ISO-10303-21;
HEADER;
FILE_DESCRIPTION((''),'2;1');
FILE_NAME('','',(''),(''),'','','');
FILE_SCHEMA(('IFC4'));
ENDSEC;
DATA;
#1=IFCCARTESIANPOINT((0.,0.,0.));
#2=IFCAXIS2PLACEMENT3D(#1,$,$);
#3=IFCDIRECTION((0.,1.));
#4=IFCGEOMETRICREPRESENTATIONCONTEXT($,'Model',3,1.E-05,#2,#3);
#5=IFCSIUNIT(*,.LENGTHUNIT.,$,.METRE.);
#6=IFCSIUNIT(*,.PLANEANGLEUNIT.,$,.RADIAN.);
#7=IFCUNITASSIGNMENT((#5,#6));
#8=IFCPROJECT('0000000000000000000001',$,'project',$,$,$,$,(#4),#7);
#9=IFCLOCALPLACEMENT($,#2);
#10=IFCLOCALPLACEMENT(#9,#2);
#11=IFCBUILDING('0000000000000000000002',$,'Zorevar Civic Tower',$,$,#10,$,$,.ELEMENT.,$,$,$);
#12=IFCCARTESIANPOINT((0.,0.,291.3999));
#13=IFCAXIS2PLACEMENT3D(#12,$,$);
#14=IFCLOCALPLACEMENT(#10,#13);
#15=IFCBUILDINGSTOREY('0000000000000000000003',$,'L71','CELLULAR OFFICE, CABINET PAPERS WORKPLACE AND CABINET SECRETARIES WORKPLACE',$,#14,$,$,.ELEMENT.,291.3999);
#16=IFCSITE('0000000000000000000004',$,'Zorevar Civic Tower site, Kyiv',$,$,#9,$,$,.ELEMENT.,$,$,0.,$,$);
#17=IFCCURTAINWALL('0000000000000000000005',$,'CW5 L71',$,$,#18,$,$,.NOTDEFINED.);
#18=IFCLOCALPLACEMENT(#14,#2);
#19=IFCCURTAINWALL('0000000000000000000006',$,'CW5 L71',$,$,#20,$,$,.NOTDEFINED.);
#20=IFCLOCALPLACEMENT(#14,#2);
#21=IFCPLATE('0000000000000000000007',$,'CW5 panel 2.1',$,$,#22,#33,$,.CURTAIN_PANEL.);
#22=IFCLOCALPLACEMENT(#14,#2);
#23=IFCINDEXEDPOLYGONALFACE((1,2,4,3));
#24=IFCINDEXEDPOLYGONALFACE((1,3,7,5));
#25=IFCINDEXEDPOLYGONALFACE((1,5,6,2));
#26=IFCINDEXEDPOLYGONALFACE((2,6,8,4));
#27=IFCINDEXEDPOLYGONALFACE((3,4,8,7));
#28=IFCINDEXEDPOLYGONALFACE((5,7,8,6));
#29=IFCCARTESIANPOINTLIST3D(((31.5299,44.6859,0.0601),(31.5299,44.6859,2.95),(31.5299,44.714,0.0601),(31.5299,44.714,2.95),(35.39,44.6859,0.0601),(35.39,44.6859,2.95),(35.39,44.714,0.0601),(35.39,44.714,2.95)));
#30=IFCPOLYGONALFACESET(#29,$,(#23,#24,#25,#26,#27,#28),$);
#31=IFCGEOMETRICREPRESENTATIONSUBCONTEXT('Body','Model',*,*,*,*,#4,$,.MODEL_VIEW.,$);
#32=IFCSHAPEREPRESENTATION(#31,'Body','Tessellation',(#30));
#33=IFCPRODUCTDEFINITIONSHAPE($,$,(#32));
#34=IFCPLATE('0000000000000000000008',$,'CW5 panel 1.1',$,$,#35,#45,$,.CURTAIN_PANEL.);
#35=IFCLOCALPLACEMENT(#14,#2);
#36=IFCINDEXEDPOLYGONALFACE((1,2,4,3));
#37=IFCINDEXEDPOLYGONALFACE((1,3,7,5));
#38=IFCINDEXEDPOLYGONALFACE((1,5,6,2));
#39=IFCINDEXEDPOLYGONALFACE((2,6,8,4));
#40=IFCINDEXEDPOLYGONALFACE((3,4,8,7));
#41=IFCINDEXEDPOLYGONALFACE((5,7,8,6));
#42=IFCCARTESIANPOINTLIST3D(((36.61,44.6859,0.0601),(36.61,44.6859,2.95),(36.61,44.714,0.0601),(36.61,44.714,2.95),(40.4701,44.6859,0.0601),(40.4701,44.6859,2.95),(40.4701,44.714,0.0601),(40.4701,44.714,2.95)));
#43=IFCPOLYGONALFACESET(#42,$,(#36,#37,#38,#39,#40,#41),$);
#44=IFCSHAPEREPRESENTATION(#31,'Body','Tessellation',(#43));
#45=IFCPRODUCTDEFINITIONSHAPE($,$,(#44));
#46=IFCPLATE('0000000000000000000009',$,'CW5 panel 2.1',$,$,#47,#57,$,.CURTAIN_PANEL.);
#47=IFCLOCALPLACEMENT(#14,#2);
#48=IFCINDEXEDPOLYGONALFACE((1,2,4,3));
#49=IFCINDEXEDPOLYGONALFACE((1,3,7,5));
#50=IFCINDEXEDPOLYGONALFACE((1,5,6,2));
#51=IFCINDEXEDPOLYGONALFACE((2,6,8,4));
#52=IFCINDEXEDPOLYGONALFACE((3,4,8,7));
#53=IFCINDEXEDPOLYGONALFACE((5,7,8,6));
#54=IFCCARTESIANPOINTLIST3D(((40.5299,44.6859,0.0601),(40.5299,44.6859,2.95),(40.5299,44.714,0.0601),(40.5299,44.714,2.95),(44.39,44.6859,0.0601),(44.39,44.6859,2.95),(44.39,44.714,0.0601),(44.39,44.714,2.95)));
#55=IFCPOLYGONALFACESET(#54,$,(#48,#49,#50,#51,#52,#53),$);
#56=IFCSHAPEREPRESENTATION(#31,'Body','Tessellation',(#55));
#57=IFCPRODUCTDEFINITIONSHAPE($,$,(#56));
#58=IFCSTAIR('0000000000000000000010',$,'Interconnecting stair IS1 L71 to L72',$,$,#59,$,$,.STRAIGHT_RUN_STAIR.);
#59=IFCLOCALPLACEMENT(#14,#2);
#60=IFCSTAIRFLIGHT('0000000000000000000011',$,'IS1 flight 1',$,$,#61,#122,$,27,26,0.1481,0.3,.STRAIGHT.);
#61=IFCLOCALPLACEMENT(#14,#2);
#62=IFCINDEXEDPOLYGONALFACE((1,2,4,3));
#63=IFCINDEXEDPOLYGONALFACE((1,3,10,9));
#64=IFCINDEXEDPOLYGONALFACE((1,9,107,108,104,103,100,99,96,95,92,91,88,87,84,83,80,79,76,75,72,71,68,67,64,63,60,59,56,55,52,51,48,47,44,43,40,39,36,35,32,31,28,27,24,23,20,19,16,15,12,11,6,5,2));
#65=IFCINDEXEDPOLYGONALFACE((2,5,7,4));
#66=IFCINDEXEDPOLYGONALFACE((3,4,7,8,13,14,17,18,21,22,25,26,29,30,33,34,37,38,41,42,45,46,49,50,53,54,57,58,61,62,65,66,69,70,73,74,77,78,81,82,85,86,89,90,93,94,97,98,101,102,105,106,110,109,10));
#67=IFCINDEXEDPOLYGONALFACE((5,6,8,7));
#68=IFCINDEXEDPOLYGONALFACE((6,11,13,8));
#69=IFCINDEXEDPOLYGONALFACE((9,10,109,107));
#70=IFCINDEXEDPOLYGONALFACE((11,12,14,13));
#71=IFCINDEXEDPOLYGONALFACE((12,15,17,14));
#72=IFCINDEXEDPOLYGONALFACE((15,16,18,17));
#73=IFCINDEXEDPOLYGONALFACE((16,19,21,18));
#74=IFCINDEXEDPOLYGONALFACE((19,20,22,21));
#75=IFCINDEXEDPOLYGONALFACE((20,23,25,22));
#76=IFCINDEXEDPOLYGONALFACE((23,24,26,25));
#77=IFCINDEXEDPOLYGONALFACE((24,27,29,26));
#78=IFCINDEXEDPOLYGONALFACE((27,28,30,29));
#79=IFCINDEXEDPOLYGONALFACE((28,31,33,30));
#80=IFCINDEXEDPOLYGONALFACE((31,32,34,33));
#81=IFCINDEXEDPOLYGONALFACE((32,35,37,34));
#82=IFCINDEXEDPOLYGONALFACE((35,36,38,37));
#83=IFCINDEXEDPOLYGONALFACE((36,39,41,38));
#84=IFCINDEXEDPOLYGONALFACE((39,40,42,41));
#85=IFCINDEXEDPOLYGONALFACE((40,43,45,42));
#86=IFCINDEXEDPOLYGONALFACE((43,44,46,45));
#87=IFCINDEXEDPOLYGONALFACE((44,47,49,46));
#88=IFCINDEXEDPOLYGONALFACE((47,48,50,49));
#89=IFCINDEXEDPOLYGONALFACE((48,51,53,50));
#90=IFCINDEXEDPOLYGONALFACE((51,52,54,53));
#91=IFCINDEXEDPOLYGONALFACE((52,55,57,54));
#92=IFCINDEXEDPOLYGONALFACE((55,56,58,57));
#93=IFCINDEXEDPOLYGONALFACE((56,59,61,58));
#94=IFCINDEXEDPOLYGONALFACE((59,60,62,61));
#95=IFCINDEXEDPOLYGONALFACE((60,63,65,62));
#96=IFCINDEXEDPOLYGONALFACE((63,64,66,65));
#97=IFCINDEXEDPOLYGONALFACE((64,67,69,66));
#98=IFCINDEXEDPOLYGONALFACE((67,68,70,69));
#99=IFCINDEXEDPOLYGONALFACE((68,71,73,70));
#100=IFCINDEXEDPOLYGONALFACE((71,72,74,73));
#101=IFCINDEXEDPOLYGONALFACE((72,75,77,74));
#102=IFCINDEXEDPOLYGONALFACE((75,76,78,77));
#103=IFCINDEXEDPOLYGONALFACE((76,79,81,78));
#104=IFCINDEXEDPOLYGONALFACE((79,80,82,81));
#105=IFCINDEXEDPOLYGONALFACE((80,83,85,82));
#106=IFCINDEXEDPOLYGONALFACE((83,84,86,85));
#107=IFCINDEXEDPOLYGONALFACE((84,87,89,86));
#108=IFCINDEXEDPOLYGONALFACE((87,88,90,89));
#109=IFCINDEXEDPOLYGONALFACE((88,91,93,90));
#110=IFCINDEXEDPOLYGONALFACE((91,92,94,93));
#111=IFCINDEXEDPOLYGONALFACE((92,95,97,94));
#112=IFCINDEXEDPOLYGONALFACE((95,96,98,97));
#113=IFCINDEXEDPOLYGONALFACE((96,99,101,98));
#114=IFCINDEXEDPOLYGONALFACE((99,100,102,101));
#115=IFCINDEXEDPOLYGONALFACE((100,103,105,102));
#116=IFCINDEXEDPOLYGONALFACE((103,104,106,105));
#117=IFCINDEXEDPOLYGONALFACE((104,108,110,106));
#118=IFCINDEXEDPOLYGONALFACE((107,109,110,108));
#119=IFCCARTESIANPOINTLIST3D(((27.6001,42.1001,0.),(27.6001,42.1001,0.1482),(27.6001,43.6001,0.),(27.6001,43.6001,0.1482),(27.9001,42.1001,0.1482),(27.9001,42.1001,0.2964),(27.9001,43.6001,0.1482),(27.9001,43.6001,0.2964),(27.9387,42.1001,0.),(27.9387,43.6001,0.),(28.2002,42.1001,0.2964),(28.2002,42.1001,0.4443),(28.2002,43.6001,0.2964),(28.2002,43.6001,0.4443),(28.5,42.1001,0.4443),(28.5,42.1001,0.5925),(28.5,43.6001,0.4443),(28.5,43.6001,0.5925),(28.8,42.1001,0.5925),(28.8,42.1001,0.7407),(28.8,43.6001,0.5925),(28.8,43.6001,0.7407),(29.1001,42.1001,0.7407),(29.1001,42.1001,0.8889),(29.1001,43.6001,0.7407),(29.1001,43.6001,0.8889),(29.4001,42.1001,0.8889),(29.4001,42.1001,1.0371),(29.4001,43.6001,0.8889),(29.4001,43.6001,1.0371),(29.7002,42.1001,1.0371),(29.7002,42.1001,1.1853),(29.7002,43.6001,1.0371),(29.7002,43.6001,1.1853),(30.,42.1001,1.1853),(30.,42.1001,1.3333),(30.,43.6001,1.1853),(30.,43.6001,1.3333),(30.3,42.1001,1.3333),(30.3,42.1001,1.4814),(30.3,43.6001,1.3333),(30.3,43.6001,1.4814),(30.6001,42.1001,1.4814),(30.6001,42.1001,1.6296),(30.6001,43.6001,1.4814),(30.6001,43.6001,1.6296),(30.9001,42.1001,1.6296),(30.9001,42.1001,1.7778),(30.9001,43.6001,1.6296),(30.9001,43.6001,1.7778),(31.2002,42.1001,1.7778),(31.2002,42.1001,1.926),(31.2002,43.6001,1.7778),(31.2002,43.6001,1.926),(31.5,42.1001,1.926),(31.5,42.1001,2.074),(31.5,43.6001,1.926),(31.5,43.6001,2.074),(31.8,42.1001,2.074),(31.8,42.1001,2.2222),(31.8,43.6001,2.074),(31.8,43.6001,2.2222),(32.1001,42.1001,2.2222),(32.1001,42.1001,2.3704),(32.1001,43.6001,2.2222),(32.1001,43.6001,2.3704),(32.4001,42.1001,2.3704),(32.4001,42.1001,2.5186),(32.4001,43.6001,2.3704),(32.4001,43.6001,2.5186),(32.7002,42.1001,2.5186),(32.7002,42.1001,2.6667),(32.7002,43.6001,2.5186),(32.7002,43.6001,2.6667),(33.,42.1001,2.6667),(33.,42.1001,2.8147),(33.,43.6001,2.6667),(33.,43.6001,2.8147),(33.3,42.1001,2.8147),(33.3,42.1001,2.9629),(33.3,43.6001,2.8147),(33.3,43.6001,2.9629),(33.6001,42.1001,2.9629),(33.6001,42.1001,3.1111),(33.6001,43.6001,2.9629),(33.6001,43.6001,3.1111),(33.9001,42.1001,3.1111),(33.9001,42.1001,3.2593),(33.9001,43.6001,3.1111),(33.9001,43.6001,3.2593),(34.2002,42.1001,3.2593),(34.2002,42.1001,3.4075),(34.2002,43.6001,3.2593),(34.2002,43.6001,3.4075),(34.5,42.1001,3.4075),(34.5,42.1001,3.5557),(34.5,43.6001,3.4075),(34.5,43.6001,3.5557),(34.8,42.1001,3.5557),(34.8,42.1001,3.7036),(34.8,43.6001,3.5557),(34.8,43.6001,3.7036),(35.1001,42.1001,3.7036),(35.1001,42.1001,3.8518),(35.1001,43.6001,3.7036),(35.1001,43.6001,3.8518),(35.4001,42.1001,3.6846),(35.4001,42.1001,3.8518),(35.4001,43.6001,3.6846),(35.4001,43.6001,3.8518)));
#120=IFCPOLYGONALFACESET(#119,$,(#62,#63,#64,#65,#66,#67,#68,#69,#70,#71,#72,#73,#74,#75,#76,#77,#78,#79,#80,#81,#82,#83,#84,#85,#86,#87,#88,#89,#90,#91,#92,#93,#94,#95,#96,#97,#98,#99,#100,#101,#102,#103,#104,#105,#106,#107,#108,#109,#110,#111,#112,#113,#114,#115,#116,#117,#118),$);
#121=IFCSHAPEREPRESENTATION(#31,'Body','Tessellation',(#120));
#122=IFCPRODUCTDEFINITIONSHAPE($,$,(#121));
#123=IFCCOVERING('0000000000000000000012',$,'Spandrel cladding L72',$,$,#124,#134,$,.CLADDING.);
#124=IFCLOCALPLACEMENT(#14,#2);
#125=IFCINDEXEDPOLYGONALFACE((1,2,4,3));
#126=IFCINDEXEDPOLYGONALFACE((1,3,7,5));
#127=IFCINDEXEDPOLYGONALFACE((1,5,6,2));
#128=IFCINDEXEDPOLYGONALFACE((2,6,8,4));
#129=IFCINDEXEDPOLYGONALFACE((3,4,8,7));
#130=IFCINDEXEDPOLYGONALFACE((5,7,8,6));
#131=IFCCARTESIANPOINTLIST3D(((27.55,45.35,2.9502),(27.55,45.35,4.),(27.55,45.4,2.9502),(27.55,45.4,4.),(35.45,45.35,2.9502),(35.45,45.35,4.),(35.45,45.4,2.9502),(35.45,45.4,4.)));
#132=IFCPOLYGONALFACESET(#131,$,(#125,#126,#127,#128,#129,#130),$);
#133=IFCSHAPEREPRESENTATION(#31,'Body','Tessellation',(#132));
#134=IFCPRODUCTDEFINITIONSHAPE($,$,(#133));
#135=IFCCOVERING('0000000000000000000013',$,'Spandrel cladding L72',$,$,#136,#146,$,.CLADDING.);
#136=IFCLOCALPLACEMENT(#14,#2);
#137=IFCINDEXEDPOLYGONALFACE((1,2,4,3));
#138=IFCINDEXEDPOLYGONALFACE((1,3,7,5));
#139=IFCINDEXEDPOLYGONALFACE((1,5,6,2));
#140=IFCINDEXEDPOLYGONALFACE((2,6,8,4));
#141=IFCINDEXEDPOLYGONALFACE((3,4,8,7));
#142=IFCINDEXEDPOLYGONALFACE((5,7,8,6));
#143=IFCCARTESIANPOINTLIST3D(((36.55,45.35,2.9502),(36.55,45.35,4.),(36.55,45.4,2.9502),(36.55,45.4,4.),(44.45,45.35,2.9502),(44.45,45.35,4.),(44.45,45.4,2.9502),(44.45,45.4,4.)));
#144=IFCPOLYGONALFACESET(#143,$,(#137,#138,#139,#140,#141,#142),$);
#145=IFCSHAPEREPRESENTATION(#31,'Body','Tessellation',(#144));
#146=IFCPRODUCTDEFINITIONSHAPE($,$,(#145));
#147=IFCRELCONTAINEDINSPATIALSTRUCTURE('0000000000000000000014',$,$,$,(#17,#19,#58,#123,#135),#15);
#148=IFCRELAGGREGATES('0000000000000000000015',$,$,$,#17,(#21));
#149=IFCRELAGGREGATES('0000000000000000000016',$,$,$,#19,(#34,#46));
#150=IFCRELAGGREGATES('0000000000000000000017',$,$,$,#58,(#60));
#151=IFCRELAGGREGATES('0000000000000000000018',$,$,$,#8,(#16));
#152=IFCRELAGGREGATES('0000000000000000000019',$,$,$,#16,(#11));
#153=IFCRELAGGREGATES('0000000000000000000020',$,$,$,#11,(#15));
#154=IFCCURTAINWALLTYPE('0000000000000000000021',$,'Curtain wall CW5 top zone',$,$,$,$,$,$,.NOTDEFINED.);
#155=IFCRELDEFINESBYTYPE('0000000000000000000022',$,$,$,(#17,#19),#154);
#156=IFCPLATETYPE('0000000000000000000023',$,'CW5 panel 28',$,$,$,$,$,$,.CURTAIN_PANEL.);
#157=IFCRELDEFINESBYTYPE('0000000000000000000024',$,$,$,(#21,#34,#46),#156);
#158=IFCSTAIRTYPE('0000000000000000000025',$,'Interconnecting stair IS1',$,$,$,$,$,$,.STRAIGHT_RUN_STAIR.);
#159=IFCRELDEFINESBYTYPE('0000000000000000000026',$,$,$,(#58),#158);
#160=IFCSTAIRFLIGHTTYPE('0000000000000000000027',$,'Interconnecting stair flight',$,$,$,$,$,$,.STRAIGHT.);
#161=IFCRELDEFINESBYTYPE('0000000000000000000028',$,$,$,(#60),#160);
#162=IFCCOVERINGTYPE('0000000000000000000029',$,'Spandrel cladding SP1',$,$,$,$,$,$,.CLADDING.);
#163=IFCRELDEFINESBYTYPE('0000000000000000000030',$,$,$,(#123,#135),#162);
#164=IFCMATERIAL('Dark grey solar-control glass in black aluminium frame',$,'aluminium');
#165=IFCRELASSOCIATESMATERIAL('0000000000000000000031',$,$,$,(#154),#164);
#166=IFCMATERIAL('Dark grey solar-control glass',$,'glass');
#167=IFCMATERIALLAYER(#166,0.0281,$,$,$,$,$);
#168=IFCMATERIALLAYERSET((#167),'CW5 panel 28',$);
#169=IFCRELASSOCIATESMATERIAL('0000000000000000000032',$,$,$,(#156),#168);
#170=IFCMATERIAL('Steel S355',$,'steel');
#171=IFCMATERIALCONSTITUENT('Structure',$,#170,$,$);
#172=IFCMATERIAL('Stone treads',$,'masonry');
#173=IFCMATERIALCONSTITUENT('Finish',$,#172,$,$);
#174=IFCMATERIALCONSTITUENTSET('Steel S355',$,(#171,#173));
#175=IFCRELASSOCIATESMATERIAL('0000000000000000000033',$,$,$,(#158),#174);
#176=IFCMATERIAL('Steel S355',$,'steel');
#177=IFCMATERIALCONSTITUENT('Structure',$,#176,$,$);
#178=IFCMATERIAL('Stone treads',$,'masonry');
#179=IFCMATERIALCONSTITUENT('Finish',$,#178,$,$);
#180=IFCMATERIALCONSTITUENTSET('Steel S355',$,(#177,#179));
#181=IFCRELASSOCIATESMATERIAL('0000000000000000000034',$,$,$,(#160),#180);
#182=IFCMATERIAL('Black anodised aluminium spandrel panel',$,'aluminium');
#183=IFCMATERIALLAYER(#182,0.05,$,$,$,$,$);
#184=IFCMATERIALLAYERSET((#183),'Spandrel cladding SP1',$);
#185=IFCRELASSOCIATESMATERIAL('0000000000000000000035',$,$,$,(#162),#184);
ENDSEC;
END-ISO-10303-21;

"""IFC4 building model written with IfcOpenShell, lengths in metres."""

from ifc_helpers import new_model, si_unit, direction, frame, frame_2d, origin, origin_2d, place, context, subcontext, project, spatial, polyline, rectangle, outline, extrude, material, layer, layer_set, constituent, constituent_set, type_object, element, aggregate, save


model = new_model("IFC4")

# Units and contexts
model_context = context("Model", 3, precision=1e-05, world=origin(), true_north=direction((0.0, 1.0)))
body_context = subcontext(model_context, "Body", "Model", "MODEL_VIEW")
ifc_project = project(units=[si_unit("LENGTHUNIT", "METRE"), si_unit("PLANEANGLEUNIT", "RADIAN")], contexts=[model_context])

# Site, building, storey
site_placement = place(None, origin())
site = spatial("IfcSite", under=ifc_project, at=site_placement, Name="Zorevar Civic Tower site, Kyiv", CompositionType="ELEMENT", RefElevation=0.0)
building_placement = place(site_placement, origin())
building = spatial("IfcBuilding", under=site, at=building_placement, Name="Zorevar Civic Tower", CompositionType="ELEMENT")
storey_placement = place(building_placement, frame((0.0, 0.0, 291.3999)))
storey = spatial("IfcBuildingStorey", under=building, at=storey_placement, Name="L71", Description="CELLULAR OFFICE, CABINET PAPERS WORKPLACE AND CABINET SECRETARIES WORKPLACE", CompositionType="ELEMENT", Elevation=291.3999)

# Curtain walls
ifc_material_1 = material(Name="Dark grey solar-control glass in black aluminium frame", Category="aluminium")
curtain_wall_type = type_object("IfcCurtainWallType", Name="Curtain wall CW5 top zone", PredefinedType="NOTDEFINED", material=ifc_material_1)
curtain_wall_1_placement = place(storey_placement, origin())
curtain_wall_1 = element("IfcCurtainWall", 1, at=curtain_wall_1_placement, inside=storey, type_object=curtain_wall_type, Name="CW5 L71", PredefinedType="NOTDEFINED")
curtain_wall_2_placement = place(storey_placement, origin())
curtain_wall_2 = element("IfcCurtainWall", 2, at=curtain_wall_2_placement, inside=storey, type_object=curtain_wall_type, Name="CW5 L71", PredefinedType="NOTDEFINED")

# Plates
ifc_material_2 = material(Name="Dark grey solar-control glass", Category="glass")
ifc_layer_1 = layer(ifc_material_2, 0.0281)
ifc_layer_set_1 = layer_set([ifc_layer_1], Name="CW5 panel 28")
plate_type = type_object("IfcPlateType", Name="CW5 panel 28", PredefinedType="CURTAIN_PANEL", material=ifc_layer_set_1)
plate_1_placement = place(storey_placement, frame((33.46, 44.7, 0.0601), z_axis=(0.0, 0.0, 1.0), x_axis=(1.0, 0.0, 0.0)))
plate_1 = element("IfcPlate", 3, at=plate_1_placement, type_object=plate_type, Name="CW5 panel 2.1", PredefinedType="CURTAIN_PANEL", context=body_context, shape_type="SweptSolid", body=[
    extrude(rectangle(XDim=3.8601, YDim=0.0281, at=origin_2d()), origin(), (0.0, 0.0, 1.0), 2.8899),
])
aggregate(curtain_wall_1, [plate_1])
plate_2_placement = place(storey_placement, frame((38.54, 44.7, 0.0601), z_axis=(0.0, 0.0, 1.0), x_axis=(1.0, 0.0, 0.0)))
plate_2 = element("IfcPlate", 4, at=plate_2_placement, type_object=plate_type, Name="CW5 panel 1.1", PredefinedType="CURTAIN_PANEL", context=body_context, shape_type="SweptSolid", body=[
    extrude(rectangle(XDim=3.8601, YDim=0.0281, at=origin_2d()), origin(), (0.0, 0.0, 1.0), 2.8899),
])
plate_3_placement = place(storey_placement, frame((42.46, 44.7, 0.0601), z_axis=(0.0, 0.0, 1.0), x_axis=(1.0, 0.0, 0.0)))
plate_3 = element("IfcPlate", 5, at=plate_3_placement, type_object=plate_type, Name="CW5 panel 2.1", PredefinedType="CURTAIN_PANEL", context=body_context, shape_type="SweptSolid", body=[
    extrude(rectangle(XDim=3.8601, YDim=0.0281, at=origin_2d()), origin(), (0.0, 0.0, 1.0), 2.8899),
])
aggregate(curtain_wall_2, [plate_2, plate_3])

# Stair, stair flight
ifc_material_3 = material(Name="Steel S355", Category="steel")
ifc_constituent_1 = constituent(ifc_material_3, Name="Structure")
ifc_material_4 = material(Name="Stone treads", Category="masonry")
ifc_constituent_2 = constituent(ifc_material_4, Name="Finish")
ifc_constituent_set_1 = constituent_set(constituents=[ifc_constituent_1, ifc_constituent_2], Name="Steel S355")
stair_type = type_object("IfcStairType", Name="Interconnecting stair IS1", PredefinedType="STRAIGHT_RUN_STAIR", material=ifc_constituent_set_1)
stair_placement = place(storey_placement, origin())
stair = element("IfcStair", 6, at=stair_placement, inside=storey, type_object=stair_type, Name="Interconnecting stair IS1 L71 to L72", PredefinedType="STRAIGHT_RUN_STAIR")
ifc_material_5 = material(Name="Steel S355", Category="steel")
ifc_constituent_3 = constituent(ifc_material_5, Name="Structure")
ifc_material_6 = material(Name="Stone treads", Category="masonry")
ifc_constituent_4 = constituent(ifc_material_6, Name="Finish")
ifc_constituent_set_2 = constituent_set(constituents=[ifc_constituent_3, ifc_constituent_4], Name="Steel S355")
stair_flight_type = type_object("IfcStairFlightType", Name="Interconnecting stair flight", PredefinedType="STRAIGHT", material=ifc_constituent_set_2)
stair_flight_placement = place(storey_placement, frame((27.6001, 42.8501, 0.0), z_axis=(0.0, 0.0, 1.0), x_axis=(1.0, 0.0, 0.0)))
stair_flight = element("IfcStairFlight", 7, at=stair_flight_placement, type_object=stair_flight_type, Name="IS1 flight 1", NumberOfRisers=27, NumberOfTreads=26, PredefinedType="STRAIGHT", RiserHeight=0.1481, TreadLength=0.3, context=body_context, shape_type="SweptSolid", body=[
    extrude(outline(polyline([(0.0, 0.0), (0.0, 0.1482), (0.3, 0.1482), (0.3, 0.2964), (0.6001, 0.2964), (0.6001, 0.4443), (0.8999, 0.4443), (0.8999, 0.5925), (1.2, 0.5925), (1.2, 0.7407), (1.5, 0.7407), (1.5, 0.8889), (1.8, 0.8889), (1.8, 1.0371), (2.1001, 1.0371), (2.1001, 1.1853), (2.3999, 1.1853), (2.3999, 1.3333), (2.7, 1.3333), (2.7, 1.4814), (3.0, 1.4814), (3.0, 1.6296), (3.3, 1.6296), (3.3, 1.7778), (3.6001, 1.7778), (3.6001, 1.926), (3.8999, 1.926), (3.8999, 2.074), (4.2, 2.074), (4.2, 2.2222), (4.5, 2.2222), (4.5, 2.3704), (4.8, 2.3704), (4.8, 2.5186), (5.1001, 2.5186), (5.1001, 2.6667), (5.3999, 2.6667), (5.3999, 2.8147), (5.7, 2.8147), (5.7, 2.9629), (6.0, 2.9629), (6.0, 3.1111), (6.3, 3.1111), (6.3, 3.2593), (6.6001, 3.2593), (6.6001, 3.4075), (6.8999, 3.4075), (6.8999, 3.5557), (7.2, 3.5557), (7.2, 3.7036), (7.5, 3.7036), (7.5, 3.8518), (7.8, 3.8518), (7.8, 4.0), (7.8, 3.6846), (0.3386, 0.0), (0.0, 0.0)])), frame((0.0, 0.75, 0.0), z_axis=(0.0, -1.0, 0.0), x_axis=(1.0, 0.0, 0.0)), (0.0, 0.0, 1.0), 1.5),
])
aggregate(stair, [stair_flight])

# Coverings
ifc_material_7 = material(Name="Black anodised aluminium spandrel panel", Category="aluminium")
ifc_layer_2 = layer(ifc_material_7, 0.05)
ifc_layer_set_2 = layer_set([ifc_layer_2], Name="Spandrel cladding SP1")
covering_type = type_object("IfcCoveringType", Name="Spandrel cladding SP1", PredefinedType="CLADDING", material=ifc_layer_set_2)
for number, where, z_axis, x_axis, name in (
    (8, (27.55, 45.375, 2.9502), (0.0, 0.0, 1.0), (1.0, 0.0, 0.0), "Spandrel cladding L72"),
    (9, (36.55, 45.375, 2.9502), (0.0, 0.0, 1.0), (1.0, 0.0, 0.0), "Spandrel cladding L72"),
):
    element("IfcCovering", number, at=place(storey_placement, frame(where, z_axis=z_axis, x_axis=x_axis)), inside=storey, type_object=covering_type, Name=name, PredefinedType="CLADDING", context=body_context, shape_type="SweptSolid", body=[
        extrude(rectangle(XDim=7.8999, YDim=0.05, at=frame_2d((3.95, 0.0))), origin(), (0.0, 0.0, 1.0), 1.0498),
    ])

save(model, "model.ifc")
